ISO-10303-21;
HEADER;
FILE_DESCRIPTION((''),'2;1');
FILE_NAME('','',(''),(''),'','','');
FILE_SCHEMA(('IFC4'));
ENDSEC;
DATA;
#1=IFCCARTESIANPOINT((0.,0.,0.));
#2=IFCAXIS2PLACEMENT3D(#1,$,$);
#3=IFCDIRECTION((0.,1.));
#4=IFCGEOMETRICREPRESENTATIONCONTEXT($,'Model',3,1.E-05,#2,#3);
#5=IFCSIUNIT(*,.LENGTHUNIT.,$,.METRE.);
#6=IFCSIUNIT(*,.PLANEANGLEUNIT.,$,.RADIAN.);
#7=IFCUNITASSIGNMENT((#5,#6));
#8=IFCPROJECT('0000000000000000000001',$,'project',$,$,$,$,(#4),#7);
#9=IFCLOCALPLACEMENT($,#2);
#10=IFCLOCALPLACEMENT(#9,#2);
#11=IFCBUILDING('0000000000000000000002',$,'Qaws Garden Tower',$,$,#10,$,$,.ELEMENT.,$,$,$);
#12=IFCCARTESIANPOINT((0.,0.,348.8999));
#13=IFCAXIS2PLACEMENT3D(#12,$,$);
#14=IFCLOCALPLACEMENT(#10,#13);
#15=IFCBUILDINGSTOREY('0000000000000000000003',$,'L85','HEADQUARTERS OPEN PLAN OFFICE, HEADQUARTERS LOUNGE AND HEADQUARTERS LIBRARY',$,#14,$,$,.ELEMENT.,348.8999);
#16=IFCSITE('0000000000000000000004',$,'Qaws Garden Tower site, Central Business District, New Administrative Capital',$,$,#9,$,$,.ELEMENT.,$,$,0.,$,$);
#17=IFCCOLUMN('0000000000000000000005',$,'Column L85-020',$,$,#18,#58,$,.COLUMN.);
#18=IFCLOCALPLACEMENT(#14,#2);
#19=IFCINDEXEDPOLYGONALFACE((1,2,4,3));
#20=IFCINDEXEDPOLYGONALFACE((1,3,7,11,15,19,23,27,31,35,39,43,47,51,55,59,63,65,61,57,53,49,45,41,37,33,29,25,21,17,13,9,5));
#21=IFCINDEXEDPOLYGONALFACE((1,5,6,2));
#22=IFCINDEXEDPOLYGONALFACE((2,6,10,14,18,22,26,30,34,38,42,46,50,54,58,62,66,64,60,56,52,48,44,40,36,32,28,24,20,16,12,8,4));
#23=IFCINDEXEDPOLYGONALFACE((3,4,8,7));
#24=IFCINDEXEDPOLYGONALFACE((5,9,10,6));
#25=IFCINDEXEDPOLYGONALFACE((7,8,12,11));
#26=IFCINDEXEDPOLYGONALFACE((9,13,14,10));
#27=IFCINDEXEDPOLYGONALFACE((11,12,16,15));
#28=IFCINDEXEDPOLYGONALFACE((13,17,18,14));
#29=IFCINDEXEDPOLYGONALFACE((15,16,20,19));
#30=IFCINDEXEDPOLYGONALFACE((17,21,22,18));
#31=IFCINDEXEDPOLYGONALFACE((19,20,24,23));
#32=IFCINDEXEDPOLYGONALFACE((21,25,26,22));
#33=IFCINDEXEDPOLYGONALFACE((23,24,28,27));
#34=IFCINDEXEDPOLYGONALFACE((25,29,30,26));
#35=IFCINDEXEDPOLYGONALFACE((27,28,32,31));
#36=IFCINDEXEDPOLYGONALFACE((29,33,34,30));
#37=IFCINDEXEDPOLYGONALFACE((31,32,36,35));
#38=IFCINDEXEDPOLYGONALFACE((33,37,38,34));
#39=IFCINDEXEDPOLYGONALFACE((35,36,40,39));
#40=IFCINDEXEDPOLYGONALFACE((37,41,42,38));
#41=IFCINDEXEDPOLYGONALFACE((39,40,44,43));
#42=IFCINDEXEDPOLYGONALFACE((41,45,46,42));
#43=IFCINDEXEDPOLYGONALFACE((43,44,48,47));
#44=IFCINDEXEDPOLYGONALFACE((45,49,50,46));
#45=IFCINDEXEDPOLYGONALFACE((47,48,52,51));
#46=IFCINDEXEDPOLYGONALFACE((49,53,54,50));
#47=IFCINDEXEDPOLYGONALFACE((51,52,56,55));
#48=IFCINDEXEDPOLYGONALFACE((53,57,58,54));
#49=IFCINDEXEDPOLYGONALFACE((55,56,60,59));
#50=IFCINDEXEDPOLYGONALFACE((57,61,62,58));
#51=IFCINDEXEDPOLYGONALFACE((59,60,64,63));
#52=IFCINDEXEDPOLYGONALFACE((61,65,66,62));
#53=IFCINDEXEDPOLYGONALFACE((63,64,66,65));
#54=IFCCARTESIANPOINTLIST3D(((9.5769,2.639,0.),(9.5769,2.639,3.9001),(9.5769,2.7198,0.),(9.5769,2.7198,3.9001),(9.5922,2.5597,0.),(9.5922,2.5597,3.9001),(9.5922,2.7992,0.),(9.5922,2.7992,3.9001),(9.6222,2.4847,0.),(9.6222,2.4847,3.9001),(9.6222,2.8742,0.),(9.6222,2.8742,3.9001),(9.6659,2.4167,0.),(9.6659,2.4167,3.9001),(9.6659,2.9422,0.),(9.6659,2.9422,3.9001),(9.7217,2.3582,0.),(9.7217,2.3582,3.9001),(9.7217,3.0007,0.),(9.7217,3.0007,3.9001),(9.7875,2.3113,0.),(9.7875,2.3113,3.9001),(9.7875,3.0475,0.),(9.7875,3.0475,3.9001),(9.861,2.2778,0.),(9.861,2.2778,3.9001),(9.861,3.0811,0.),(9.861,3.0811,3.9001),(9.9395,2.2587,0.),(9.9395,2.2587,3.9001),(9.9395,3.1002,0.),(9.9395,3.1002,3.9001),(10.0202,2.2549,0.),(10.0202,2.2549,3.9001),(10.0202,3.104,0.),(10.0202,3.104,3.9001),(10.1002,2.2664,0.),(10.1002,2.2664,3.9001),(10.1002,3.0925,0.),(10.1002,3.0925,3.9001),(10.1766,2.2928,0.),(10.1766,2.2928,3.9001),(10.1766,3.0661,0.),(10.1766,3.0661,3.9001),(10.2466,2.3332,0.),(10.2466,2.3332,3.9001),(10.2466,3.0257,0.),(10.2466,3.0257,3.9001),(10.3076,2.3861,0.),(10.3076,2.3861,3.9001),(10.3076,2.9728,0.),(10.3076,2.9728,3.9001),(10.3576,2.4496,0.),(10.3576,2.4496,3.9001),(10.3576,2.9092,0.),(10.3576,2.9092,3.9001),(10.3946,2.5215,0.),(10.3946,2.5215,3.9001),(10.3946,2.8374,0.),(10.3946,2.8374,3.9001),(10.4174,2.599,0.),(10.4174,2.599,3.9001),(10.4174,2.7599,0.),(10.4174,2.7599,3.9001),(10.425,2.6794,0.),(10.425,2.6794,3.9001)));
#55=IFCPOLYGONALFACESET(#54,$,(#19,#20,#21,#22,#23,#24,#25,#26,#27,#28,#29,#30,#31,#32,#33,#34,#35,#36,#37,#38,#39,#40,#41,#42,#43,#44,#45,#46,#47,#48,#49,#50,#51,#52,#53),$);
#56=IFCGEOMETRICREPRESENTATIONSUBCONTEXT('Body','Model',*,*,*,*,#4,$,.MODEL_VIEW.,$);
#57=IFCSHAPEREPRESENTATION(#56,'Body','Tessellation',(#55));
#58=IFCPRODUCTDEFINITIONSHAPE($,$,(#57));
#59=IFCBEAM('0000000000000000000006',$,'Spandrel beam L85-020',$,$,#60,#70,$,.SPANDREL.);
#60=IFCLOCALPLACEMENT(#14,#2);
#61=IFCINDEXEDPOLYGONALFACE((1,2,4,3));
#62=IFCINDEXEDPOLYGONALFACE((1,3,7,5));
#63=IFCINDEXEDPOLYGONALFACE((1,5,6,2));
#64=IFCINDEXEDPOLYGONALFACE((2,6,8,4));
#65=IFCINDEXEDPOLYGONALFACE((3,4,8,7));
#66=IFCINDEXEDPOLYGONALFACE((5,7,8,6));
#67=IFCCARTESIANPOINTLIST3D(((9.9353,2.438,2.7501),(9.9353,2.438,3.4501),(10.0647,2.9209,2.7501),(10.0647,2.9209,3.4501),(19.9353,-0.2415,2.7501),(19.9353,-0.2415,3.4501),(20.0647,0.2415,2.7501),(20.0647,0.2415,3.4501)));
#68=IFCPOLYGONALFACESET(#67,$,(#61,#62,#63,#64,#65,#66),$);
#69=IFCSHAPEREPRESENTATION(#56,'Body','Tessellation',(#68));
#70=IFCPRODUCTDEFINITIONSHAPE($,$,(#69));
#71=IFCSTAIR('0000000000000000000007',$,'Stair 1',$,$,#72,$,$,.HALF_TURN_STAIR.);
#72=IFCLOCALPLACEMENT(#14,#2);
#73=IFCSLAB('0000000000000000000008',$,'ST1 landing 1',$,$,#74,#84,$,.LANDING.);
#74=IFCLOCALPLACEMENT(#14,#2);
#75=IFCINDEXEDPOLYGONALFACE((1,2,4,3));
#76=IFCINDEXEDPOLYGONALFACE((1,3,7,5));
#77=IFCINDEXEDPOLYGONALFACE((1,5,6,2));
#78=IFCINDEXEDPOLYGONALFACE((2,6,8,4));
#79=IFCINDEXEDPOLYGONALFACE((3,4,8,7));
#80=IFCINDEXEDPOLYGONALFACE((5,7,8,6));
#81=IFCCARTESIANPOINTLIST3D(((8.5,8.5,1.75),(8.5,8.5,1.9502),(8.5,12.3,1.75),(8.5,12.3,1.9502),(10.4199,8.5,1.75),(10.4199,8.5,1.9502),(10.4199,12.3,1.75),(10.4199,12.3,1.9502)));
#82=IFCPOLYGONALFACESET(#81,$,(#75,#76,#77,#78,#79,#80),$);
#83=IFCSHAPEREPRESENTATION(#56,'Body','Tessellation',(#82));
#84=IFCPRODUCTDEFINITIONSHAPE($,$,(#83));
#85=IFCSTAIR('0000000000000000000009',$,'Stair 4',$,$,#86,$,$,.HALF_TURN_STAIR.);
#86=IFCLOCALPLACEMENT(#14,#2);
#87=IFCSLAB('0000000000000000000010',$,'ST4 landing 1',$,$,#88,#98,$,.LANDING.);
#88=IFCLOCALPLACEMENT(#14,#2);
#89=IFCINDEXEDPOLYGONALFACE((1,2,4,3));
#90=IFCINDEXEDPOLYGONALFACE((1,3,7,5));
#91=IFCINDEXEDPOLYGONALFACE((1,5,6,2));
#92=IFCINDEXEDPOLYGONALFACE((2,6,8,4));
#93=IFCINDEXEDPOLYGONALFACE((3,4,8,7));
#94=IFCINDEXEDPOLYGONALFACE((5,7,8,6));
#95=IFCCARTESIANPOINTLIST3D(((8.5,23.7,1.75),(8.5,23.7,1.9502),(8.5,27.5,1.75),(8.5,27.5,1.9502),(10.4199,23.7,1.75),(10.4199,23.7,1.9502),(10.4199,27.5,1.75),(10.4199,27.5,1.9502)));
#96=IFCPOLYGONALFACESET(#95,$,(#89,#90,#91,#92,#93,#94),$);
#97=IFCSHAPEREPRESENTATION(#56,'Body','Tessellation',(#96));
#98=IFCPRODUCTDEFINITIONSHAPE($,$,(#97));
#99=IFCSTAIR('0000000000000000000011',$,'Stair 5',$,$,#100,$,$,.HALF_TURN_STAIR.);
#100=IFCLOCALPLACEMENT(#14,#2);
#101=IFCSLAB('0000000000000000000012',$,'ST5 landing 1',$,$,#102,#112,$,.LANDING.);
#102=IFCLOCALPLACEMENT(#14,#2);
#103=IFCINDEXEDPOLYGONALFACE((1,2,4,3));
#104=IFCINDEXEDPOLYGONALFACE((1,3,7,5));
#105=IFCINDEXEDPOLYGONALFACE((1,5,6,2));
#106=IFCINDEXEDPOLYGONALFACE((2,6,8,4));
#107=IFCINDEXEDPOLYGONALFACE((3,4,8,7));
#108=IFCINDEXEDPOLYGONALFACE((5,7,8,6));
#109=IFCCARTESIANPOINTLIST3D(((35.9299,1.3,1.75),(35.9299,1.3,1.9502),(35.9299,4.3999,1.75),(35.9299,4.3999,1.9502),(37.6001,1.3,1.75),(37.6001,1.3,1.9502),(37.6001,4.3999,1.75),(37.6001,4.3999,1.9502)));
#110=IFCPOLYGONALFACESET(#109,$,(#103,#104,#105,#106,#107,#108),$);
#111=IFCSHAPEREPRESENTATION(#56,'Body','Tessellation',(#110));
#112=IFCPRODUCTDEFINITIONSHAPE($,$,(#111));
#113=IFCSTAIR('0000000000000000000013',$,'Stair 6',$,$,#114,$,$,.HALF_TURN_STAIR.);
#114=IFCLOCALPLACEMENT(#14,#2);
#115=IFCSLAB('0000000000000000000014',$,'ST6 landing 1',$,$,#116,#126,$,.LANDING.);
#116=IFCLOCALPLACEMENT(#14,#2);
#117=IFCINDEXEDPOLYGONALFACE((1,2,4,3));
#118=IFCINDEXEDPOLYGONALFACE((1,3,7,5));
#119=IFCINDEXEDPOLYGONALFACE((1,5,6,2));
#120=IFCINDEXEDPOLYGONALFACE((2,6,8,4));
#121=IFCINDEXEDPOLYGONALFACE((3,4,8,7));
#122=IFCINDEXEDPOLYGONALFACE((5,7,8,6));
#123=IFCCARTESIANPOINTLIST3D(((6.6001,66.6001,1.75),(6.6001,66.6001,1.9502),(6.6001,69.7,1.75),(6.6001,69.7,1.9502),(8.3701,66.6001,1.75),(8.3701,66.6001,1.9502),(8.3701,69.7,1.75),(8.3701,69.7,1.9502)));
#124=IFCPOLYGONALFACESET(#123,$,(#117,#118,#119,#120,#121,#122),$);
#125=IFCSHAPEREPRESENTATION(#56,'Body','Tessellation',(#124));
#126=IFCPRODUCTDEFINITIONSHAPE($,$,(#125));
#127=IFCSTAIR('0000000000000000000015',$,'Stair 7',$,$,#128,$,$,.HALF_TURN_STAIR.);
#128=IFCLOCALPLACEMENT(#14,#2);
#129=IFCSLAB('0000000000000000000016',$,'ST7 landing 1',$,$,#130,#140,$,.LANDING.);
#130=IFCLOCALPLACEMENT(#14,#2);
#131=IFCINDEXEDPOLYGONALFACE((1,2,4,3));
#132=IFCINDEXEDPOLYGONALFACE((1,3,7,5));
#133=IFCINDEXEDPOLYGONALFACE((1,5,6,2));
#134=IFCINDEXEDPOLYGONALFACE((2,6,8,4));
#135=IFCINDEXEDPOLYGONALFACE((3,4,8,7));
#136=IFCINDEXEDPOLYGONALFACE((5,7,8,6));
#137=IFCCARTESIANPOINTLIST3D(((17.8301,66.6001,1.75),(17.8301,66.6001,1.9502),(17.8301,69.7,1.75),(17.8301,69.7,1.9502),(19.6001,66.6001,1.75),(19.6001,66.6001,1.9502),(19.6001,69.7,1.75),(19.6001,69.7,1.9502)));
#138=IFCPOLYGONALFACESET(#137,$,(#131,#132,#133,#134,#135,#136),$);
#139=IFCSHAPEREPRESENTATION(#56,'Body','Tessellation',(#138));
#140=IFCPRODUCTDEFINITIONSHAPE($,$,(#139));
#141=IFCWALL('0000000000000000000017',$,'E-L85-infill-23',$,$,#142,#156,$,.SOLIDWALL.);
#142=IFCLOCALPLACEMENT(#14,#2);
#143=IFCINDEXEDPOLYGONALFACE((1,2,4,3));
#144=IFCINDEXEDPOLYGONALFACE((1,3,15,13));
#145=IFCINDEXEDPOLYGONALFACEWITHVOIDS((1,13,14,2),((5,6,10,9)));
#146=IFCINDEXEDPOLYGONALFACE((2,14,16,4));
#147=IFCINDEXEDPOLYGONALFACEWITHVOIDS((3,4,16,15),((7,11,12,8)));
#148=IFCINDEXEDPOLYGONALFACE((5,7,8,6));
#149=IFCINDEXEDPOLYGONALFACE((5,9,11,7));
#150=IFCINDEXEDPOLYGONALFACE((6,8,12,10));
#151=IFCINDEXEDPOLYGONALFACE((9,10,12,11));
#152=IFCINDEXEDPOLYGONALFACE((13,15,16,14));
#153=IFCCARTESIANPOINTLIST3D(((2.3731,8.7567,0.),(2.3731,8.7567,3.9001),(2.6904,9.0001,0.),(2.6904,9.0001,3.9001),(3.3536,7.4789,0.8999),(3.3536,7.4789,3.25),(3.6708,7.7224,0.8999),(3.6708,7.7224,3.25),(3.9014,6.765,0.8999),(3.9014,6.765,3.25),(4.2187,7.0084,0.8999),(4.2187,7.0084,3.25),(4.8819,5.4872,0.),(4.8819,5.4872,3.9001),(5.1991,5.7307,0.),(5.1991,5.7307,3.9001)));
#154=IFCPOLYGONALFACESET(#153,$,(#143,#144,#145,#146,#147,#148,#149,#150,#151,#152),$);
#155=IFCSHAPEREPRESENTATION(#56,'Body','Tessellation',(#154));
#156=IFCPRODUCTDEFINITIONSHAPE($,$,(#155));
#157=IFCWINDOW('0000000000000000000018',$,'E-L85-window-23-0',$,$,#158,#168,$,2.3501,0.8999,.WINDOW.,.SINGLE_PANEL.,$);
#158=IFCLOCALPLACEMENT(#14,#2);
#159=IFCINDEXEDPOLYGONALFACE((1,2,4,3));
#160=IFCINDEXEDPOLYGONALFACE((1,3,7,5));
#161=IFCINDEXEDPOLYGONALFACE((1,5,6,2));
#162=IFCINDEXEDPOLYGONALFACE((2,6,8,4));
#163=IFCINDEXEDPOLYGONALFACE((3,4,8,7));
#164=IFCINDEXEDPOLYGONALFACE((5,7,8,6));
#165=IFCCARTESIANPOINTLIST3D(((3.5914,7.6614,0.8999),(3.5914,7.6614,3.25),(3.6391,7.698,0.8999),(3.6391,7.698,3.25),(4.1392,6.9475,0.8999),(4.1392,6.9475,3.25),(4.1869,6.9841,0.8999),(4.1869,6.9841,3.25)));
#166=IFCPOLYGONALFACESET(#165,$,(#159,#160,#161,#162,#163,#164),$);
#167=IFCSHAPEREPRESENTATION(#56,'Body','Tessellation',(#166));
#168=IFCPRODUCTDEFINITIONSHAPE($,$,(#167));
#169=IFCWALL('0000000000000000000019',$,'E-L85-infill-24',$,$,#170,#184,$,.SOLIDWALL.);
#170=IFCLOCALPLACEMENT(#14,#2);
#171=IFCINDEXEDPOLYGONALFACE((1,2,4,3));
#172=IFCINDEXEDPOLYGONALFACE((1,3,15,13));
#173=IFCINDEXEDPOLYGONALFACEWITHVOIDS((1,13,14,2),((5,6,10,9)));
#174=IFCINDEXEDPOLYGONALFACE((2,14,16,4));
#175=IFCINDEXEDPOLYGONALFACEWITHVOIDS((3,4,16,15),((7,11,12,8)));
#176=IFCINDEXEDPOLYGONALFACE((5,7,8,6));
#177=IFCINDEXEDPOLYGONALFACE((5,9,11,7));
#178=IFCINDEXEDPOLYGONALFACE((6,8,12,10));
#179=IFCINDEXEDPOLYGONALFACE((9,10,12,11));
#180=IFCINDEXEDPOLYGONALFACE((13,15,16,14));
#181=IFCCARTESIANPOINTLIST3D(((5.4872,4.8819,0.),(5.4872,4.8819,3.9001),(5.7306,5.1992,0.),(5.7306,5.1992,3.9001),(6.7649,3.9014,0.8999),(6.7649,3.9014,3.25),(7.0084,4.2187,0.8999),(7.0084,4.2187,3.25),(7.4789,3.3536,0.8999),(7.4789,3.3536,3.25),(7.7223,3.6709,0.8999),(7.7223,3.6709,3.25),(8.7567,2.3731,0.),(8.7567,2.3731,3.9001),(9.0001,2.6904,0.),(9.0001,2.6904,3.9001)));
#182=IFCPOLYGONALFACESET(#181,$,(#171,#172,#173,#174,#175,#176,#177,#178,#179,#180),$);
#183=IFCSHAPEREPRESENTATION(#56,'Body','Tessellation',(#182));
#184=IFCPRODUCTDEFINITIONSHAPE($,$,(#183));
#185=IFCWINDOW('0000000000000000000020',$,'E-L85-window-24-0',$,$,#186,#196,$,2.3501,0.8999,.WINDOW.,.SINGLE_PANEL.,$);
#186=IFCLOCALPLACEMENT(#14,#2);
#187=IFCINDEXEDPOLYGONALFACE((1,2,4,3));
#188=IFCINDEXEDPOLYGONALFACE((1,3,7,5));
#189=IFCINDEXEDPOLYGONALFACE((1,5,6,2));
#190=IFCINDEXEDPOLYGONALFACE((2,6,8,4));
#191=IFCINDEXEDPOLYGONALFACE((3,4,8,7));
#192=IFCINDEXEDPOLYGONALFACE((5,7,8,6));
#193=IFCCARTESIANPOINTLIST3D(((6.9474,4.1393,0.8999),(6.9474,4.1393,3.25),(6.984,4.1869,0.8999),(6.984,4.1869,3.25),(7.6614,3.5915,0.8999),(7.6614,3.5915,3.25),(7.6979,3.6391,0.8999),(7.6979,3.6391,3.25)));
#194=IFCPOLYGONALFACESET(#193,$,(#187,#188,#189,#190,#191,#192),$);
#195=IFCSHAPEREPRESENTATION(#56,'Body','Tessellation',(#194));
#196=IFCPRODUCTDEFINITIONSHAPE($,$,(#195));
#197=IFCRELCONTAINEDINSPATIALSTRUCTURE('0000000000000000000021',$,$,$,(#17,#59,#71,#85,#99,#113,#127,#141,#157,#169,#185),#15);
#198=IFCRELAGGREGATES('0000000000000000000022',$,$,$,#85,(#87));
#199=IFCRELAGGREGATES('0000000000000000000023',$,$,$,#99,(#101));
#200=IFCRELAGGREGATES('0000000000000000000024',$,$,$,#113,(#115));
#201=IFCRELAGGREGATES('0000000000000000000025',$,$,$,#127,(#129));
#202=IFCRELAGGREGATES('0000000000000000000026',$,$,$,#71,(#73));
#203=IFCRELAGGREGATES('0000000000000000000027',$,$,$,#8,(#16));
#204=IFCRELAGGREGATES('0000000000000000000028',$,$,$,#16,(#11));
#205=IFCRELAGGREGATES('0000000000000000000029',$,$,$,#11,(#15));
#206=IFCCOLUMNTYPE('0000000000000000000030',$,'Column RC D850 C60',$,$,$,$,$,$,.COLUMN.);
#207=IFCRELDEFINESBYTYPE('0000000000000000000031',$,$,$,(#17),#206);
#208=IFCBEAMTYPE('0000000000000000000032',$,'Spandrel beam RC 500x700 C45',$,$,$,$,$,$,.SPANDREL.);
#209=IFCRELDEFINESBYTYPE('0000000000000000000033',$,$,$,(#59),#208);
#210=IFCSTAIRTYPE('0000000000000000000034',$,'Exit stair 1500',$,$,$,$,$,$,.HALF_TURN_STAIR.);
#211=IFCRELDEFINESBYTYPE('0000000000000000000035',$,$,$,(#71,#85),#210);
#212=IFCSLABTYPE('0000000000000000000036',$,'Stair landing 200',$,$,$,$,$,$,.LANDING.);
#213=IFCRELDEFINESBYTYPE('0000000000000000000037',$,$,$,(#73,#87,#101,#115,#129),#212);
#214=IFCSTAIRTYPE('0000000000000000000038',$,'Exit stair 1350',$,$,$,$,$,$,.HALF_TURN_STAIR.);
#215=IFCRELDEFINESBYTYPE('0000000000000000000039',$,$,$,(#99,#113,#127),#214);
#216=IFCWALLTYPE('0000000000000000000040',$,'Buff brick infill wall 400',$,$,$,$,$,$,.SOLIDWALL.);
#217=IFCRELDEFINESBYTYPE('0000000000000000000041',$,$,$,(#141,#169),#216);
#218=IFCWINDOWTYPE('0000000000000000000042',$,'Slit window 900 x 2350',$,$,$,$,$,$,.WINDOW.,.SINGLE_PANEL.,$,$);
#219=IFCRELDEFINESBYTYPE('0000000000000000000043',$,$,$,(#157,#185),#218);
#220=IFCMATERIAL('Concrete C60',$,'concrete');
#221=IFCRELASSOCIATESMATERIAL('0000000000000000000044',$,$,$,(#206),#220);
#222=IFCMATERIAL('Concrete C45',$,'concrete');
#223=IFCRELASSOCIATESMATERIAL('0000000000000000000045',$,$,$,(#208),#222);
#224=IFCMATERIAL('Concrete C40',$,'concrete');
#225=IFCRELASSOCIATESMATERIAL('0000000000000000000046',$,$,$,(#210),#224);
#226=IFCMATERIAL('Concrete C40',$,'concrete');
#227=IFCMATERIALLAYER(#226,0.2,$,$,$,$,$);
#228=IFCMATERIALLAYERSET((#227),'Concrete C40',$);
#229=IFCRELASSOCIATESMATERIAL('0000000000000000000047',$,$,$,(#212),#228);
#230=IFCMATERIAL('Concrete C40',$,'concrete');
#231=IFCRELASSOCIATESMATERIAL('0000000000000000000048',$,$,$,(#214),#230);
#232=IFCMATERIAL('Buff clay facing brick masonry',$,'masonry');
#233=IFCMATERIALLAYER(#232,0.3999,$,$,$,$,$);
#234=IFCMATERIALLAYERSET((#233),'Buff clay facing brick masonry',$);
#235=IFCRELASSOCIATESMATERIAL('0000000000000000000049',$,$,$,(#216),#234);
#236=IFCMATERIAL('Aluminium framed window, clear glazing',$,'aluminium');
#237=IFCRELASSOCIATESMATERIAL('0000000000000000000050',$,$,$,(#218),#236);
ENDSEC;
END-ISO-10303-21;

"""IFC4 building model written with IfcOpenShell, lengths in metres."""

from ifc_helpers import new_model, si_unit, direction, frame, frame_2d, origin, origin_2d, place, context, subcontext, project, spatial, polyline, rectangle, circle, outline, extrude, material, layer, layer_set, material_profile, profile_set, type_object, element, fill, aggregate, save


model = new_model("IFC4")

# Units and contexts
model_context = context("Model", 3, precision=1e-05, world=origin(), true_north=direction((0.0, 1.0)))
body_context = subcontext(model_context, "Body", "Model", "MODEL_VIEW")
ifc_project = project(units=[si_unit("LENGTHUNIT", "METRE"), si_unit("PLANEANGLEUNIT", "RADIAN")], contexts=[model_context])

# Site, building, storey
site_placement = place(None, origin())
site = spatial("IfcSite", under=ifc_project, at=site_placement, Name="Qaws Garden Tower site, Central Business District, New Administrative Capital", CompositionType="ELEMENT", RefElevation=0.0)
building_placement = place(site_placement, origin())
building = spatial("IfcBuilding", under=site, at=building_placement, Name="Qaws Garden Tower", CompositionType="ELEMENT")
storey_placement = place(building_placement, frame((0.0, 0.0, 348.8999)))
storey = spatial("IfcBuildingStorey", under=building, at=storey_placement, Name="L85", Description="HEADQUARTERS OPEN PLAN OFFICE, HEADQUARTERS LOUNGE AND HEADQUARTERS LIBRARY", CompositionType="ELEMENT", Elevation=348.8999)

# Column
ifc_material_1 = material(Name="Concrete C60", Category="concrete")
ifc_material_profile_1 = material_profile(ifc_material_1, circle(Radius=0.425, at=origin_2d()), Name="RC D850")
ifc_profile_set_1 = profile_set([ifc_material_profile_1], Name="Concrete C60")
column_type = type_object("IfcColumnType", Name="Column RC D850 C60", PredefinedType="COLUMN", material=ifc_profile_set_1)
column_placement = place(storey_placement, frame((10.0, 2.6794, 0.0), z_axis=(0.0, 0.0, 1.0), x_axis=(1.0, 0.0, 0.0)))
element("IfcColumn", 1, at=column_placement, inside=storey, type_object=column_type, Name="Column L85-020", PredefinedType="COLUMN", context=body_context, shape_type="SweptSolid", body=[
    extrude(circle(Radius=0.425, at=origin_2d()), origin(), (0.0, 0.0, 1.0), 3.9001),
])

# Beam
ifc_material_2 = material(Name="Concrete C45", Category="concrete")
ifc_material_profile_2 = material_profile(ifc_material_2, rectangle(XDim=0.5, YDim=0.7, at=origin_2d()), Name="RC 500x700")
ifc_profile_set_2 = profile_set([ifc_material_profile_2], Name="Concrete C45")
beam_type = type_object("IfcBeamType", Name="Spandrel beam RC 500x700 C45", PredefinedType="SPANDREL", material=ifc_profile_set_2)
beam_placement = place(storey_placement, frame((10.0, 2.6794, 3.1001), z_axis=(0.965927, -0.258815, 0.0), x_axis=(0.258815, 0.965927, 0.0)))
element("IfcBeam", 2, at=beam_placement, inside=storey, type_object=beam_type, Name="Spandrel beam L85-020", PredefinedType="SPANDREL", context=body_context, shape_type="SweptSolid", body=[
    extrude(rectangle(XDim=0.5, YDim=0.7, at=origin_2d()), origin(), (0.0, 0.0, 1.0), 10.3528),
])

# Stairs, slabs
ifc_material_3 = material(Name="Concrete C40", Category="concrete")
stair_type_1 = type_object("IfcStairType", Name="Exit stair 1500", PredefinedType="HALF_TURN_STAIR", material=ifc_material_3)
placement_1 = place(storey_placement, origin())
stair_1 = element("IfcStair", 3, at=placement_1, inside=storey, type_object=stair_type_1, Name="Stair 1", PredefinedType="HALF_TURN_STAIR")
ifc_material_4 = material(Name="Concrete C40", Category="concrete")
ifc_layer_1 = layer(ifc_material_4, 0.2)
ifc_layer_set_1 = layer_set([ifc_layer_1], Name="Concrete C40")
slab_type = type_object("IfcSlabType", Name="Stair landing 200", PredefinedType="LANDING", material=ifc_layer_set_1)
placement_2 = place(storey_placement, frame((0.0, 0.0, 1.75)))
slab_1 = element("IfcSlab", 4, at=placement_2, type_object=slab_type, Name="ST1 landing 1", PredefinedType="LANDING", context=body_context, shape_type="SweptSolid", body=[
    extrude(outline(polyline([(8.5, 8.5), (10.4199, 8.5), (10.4199, 12.3), (8.5, 12.3), (8.5, 8.5)])), origin(), (0.0, 0.0, 1.0), 0.2002),
])
stair_2 = element("IfcStair", 5, at=placement_1, inside=storey, type_object=stair_type_1, Name="Stair 4", PredefinedType="HALF_TURN_STAIR")
slab_2 = element("IfcSlab", 6, at=placement_2, type_object=slab_type, Name="ST4 landing 1", PredefinedType="LANDING", context=body_context, shape_type="SweptSolid", body=[
    extrude(outline(polyline([(8.5, 23.7), (10.4199, 23.7), (10.4199, 27.5), (8.5, 27.5), (8.5, 23.7)])), origin(), (0.0, 0.0, 1.0), 0.2002),
])
aggregate(stair_2, [slab_2])
ifc_material_5 = material(Name="Concrete C40", Category="concrete")
stair_type_2 = type_object("IfcStairType", Name="Exit stair 1350", PredefinedType="HALF_TURN_STAIR", material=ifc_material_5)
stair_3 = element("IfcStair", 7, at=placement_1, inside=storey, type_object=stair_type_2, Name="Stair 5", PredefinedType="HALF_TURN_STAIR")
slab_3 = element("IfcSlab", 8, at=placement_2, type_object=slab_type, Name="ST5 landing 1", PredefinedType="LANDING", context=body_context, shape_type="SweptSolid", body=[
    extrude(outline(polyline([(35.9299, 1.3), (37.6001, 1.3), (37.6001, 4.3999), (35.9299, 4.3999), (35.9299, 1.3)])), origin(), (0.0, 0.0, 1.0), 0.2002),
])
aggregate(stair_3, [slab_3])
stair_4 = element("IfcStair", 9, at=placement_1, inside=storey, type_object=stair_type_2, Name="Stair 6", PredefinedType="HALF_TURN_STAIR")
slab_4 = element("IfcSlab", 10, at=placement_2, type_object=slab_type, Name="ST6 landing 1", PredefinedType="LANDING", context=body_context, shape_type="SweptSolid", body=[
    extrude(outline(polyline([(6.6001, 66.6001), (8.3701, 66.6001), (8.3701, 69.7), (6.6001, 69.7), (6.6001, 66.6001)])), origin(), (0.0, 0.0, 1.0), 0.2002),
])
aggregate(stair_4, [slab_4])
stair_5 = element("IfcStair", 11, at=placement_1, inside=storey, type_object=stair_type_2, Name="Stair 7", PredefinedType="HALF_TURN_STAIR")
slab_5 = element("IfcSlab", 12, at=placement_2, type_object=slab_type, Name="ST7 landing 1", PredefinedType="LANDING", context=body_context, shape_type="SweptSolid", body=[
    extrude(outline(polyline([(17.8301, 66.6001), (19.6001, 66.6001), (19.6001, 69.7), (17.8301, 69.7), (17.8301, 66.6001)])), origin(), (0.0, 0.0, 1.0), 0.2002),
])
aggregate(stair_5, [slab_5])

# Walls, openings, windows
ifc_material_6 = material(Name="Buff clay facing brick masonry", Category="masonry")
ifc_layer_2 = layer(ifc_material_6, 0.3999)
ifc_layer_set_2 = layer_set([ifc_layer_2], Name="Buff clay facing brick masonry")
wall_type_1 = type_object("IfcWallType", Name="Buff brick infill wall 400", PredefinedType="SOLIDWALL", material=ifc_layer_set_2)
wall_1_placement = place(storey_placement, frame((2.5317, 8.8784, 0.0), z_axis=(0.0, 0.0, 1.0), x_axis=(0.60876, -0.793355, 0.0)))
wall_1 = element("IfcWall", 13, at=wall_1_placement, inside=storey, type_object=wall_type_1, Name="E-L85-infill-23", PredefinedType="SOLIDWALL", context=body_context, shape_type="SweptSolid", body=[
    extrude(rectangle(XDim=4.1211, YDim=0.3999, at=frame_2d((2.0605, 0.0))), origin(), (0.0, 0.0, 1.0), 3.9001),
])
opening_1_placement = place(wall_1_placement, frame((1.6106, 0.0, 0.8999)))
opening_1 = element("IfcOpeningElement", 14, at=opening_1_placement, cuts=wall_1, PredefinedType="OPENING", context=body_context, shape_type="SweptSolid", body=[
    extrude(rectangle(XDim=0.8999, YDim=2.3501, at=frame_2d((0.45, 1.175))), frame((0.0, 0.21, 0.0), z_axis=(0.0, -1.0, 0.0), x_axis=(1.0, 0.0, 0.0)), (0.0, 0.0, 1.0), 0.4199),
])
ifc_material_7 = material(Name="Aluminium framed window, clear glazing", Category="aluminium")
window_type = type_object("IfcWindowType", Name="Slit window 900 x 2350", PartitioningType="SINGLE_PANEL", PredefinedType="WINDOW", material=ifc_material_7)
window_1_placement = place(opening_1_placement, origin())
window_1 = element("IfcWindow", 15, at=window_1_placement, inside=storey, type_object=window_type, Name="E-L85-window-23-0", OverallHeight=2.3501, OverallWidth=0.8999, PartitioningType="SINGLE_PANEL", PredefinedType="WINDOW", context=body_context, shape_type="SweptSolid", body=[
    extrude(rectangle(XDim=0.8999, YDim=2.3501, at=frame_2d((0.45, 1.175))), frame((0.0, 0.1599, 0.0), z_axis=(0.0, -1.0, 0.0), x_axis=(1.0, 0.0, 0.0)), (0.0, 0.0, 1.0), 0.0601),
])
fill(opening_1, window_1)
wall_2_placement = place(storey_placement, frame((5.6089, 5.0405, 0.0), z_axis=(0.0, 0.0, 1.0), x_axis=(0.793355, -0.60876, 0.0)))
wall_2 = element("IfcWall", 16, at=wall_2_placement, inside=storey, type_object=wall_type_1, Name="E-L85-infill-24", PredefinedType="SOLIDWALL", context=body_context, shape_type="SweptSolid", body=[
    extrude(rectangle(XDim=4.1211, YDim=0.3999, at=frame_2d((2.0605, 0.0))), origin(), (0.0, 0.0, 1.0), 3.9001),
])
opening_2_placement = place(wall_2_placement, frame((1.6106, 0.0, 0.8999)))
opening_2 = element("IfcOpeningElement", 17, at=opening_2_placement, cuts=wall_2, PredefinedType="OPENING", context=body_context, shape_type="SweptSolid", body=[
    extrude(rectangle(XDim=0.8999, YDim=2.3501, at=frame_2d((0.45, 1.175))), frame((0.0, 0.21, 0.0), z_axis=(0.0, -1.0, 0.0), x_axis=(1.0, 0.0, 0.0)), (0.0, 0.0, 1.0), 0.4199),
])
window_2_placement = place(opening_2_placement, origin())
window_2 = element("IfcWindow", 18, at=window_2_placement, inside=storey, type_object=window_type, Name="E-L85-window-24-0", OverallHeight=2.3501, OverallWidth=0.8999, PartitioningType="SINGLE_PANEL", PredefinedType="WINDOW", context=body_context, shape_type="SweptSolid", body=[
    extrude(rectangle(XDim=0.8999, YDim=2.3501, at=frame_2d((0.45, 1.175))), frame((0.0, 0.1599, 0.0), z_axis=(0.0, -1.0, 0.0), x_axis=(1.0, 0.0, 0.0)), (0.0, 0.0, 1.0), 0.0601),
])
fill(opening_2, window_2)

aggregate(stair_1, [slab_1])

save(model, "model.ifc")
